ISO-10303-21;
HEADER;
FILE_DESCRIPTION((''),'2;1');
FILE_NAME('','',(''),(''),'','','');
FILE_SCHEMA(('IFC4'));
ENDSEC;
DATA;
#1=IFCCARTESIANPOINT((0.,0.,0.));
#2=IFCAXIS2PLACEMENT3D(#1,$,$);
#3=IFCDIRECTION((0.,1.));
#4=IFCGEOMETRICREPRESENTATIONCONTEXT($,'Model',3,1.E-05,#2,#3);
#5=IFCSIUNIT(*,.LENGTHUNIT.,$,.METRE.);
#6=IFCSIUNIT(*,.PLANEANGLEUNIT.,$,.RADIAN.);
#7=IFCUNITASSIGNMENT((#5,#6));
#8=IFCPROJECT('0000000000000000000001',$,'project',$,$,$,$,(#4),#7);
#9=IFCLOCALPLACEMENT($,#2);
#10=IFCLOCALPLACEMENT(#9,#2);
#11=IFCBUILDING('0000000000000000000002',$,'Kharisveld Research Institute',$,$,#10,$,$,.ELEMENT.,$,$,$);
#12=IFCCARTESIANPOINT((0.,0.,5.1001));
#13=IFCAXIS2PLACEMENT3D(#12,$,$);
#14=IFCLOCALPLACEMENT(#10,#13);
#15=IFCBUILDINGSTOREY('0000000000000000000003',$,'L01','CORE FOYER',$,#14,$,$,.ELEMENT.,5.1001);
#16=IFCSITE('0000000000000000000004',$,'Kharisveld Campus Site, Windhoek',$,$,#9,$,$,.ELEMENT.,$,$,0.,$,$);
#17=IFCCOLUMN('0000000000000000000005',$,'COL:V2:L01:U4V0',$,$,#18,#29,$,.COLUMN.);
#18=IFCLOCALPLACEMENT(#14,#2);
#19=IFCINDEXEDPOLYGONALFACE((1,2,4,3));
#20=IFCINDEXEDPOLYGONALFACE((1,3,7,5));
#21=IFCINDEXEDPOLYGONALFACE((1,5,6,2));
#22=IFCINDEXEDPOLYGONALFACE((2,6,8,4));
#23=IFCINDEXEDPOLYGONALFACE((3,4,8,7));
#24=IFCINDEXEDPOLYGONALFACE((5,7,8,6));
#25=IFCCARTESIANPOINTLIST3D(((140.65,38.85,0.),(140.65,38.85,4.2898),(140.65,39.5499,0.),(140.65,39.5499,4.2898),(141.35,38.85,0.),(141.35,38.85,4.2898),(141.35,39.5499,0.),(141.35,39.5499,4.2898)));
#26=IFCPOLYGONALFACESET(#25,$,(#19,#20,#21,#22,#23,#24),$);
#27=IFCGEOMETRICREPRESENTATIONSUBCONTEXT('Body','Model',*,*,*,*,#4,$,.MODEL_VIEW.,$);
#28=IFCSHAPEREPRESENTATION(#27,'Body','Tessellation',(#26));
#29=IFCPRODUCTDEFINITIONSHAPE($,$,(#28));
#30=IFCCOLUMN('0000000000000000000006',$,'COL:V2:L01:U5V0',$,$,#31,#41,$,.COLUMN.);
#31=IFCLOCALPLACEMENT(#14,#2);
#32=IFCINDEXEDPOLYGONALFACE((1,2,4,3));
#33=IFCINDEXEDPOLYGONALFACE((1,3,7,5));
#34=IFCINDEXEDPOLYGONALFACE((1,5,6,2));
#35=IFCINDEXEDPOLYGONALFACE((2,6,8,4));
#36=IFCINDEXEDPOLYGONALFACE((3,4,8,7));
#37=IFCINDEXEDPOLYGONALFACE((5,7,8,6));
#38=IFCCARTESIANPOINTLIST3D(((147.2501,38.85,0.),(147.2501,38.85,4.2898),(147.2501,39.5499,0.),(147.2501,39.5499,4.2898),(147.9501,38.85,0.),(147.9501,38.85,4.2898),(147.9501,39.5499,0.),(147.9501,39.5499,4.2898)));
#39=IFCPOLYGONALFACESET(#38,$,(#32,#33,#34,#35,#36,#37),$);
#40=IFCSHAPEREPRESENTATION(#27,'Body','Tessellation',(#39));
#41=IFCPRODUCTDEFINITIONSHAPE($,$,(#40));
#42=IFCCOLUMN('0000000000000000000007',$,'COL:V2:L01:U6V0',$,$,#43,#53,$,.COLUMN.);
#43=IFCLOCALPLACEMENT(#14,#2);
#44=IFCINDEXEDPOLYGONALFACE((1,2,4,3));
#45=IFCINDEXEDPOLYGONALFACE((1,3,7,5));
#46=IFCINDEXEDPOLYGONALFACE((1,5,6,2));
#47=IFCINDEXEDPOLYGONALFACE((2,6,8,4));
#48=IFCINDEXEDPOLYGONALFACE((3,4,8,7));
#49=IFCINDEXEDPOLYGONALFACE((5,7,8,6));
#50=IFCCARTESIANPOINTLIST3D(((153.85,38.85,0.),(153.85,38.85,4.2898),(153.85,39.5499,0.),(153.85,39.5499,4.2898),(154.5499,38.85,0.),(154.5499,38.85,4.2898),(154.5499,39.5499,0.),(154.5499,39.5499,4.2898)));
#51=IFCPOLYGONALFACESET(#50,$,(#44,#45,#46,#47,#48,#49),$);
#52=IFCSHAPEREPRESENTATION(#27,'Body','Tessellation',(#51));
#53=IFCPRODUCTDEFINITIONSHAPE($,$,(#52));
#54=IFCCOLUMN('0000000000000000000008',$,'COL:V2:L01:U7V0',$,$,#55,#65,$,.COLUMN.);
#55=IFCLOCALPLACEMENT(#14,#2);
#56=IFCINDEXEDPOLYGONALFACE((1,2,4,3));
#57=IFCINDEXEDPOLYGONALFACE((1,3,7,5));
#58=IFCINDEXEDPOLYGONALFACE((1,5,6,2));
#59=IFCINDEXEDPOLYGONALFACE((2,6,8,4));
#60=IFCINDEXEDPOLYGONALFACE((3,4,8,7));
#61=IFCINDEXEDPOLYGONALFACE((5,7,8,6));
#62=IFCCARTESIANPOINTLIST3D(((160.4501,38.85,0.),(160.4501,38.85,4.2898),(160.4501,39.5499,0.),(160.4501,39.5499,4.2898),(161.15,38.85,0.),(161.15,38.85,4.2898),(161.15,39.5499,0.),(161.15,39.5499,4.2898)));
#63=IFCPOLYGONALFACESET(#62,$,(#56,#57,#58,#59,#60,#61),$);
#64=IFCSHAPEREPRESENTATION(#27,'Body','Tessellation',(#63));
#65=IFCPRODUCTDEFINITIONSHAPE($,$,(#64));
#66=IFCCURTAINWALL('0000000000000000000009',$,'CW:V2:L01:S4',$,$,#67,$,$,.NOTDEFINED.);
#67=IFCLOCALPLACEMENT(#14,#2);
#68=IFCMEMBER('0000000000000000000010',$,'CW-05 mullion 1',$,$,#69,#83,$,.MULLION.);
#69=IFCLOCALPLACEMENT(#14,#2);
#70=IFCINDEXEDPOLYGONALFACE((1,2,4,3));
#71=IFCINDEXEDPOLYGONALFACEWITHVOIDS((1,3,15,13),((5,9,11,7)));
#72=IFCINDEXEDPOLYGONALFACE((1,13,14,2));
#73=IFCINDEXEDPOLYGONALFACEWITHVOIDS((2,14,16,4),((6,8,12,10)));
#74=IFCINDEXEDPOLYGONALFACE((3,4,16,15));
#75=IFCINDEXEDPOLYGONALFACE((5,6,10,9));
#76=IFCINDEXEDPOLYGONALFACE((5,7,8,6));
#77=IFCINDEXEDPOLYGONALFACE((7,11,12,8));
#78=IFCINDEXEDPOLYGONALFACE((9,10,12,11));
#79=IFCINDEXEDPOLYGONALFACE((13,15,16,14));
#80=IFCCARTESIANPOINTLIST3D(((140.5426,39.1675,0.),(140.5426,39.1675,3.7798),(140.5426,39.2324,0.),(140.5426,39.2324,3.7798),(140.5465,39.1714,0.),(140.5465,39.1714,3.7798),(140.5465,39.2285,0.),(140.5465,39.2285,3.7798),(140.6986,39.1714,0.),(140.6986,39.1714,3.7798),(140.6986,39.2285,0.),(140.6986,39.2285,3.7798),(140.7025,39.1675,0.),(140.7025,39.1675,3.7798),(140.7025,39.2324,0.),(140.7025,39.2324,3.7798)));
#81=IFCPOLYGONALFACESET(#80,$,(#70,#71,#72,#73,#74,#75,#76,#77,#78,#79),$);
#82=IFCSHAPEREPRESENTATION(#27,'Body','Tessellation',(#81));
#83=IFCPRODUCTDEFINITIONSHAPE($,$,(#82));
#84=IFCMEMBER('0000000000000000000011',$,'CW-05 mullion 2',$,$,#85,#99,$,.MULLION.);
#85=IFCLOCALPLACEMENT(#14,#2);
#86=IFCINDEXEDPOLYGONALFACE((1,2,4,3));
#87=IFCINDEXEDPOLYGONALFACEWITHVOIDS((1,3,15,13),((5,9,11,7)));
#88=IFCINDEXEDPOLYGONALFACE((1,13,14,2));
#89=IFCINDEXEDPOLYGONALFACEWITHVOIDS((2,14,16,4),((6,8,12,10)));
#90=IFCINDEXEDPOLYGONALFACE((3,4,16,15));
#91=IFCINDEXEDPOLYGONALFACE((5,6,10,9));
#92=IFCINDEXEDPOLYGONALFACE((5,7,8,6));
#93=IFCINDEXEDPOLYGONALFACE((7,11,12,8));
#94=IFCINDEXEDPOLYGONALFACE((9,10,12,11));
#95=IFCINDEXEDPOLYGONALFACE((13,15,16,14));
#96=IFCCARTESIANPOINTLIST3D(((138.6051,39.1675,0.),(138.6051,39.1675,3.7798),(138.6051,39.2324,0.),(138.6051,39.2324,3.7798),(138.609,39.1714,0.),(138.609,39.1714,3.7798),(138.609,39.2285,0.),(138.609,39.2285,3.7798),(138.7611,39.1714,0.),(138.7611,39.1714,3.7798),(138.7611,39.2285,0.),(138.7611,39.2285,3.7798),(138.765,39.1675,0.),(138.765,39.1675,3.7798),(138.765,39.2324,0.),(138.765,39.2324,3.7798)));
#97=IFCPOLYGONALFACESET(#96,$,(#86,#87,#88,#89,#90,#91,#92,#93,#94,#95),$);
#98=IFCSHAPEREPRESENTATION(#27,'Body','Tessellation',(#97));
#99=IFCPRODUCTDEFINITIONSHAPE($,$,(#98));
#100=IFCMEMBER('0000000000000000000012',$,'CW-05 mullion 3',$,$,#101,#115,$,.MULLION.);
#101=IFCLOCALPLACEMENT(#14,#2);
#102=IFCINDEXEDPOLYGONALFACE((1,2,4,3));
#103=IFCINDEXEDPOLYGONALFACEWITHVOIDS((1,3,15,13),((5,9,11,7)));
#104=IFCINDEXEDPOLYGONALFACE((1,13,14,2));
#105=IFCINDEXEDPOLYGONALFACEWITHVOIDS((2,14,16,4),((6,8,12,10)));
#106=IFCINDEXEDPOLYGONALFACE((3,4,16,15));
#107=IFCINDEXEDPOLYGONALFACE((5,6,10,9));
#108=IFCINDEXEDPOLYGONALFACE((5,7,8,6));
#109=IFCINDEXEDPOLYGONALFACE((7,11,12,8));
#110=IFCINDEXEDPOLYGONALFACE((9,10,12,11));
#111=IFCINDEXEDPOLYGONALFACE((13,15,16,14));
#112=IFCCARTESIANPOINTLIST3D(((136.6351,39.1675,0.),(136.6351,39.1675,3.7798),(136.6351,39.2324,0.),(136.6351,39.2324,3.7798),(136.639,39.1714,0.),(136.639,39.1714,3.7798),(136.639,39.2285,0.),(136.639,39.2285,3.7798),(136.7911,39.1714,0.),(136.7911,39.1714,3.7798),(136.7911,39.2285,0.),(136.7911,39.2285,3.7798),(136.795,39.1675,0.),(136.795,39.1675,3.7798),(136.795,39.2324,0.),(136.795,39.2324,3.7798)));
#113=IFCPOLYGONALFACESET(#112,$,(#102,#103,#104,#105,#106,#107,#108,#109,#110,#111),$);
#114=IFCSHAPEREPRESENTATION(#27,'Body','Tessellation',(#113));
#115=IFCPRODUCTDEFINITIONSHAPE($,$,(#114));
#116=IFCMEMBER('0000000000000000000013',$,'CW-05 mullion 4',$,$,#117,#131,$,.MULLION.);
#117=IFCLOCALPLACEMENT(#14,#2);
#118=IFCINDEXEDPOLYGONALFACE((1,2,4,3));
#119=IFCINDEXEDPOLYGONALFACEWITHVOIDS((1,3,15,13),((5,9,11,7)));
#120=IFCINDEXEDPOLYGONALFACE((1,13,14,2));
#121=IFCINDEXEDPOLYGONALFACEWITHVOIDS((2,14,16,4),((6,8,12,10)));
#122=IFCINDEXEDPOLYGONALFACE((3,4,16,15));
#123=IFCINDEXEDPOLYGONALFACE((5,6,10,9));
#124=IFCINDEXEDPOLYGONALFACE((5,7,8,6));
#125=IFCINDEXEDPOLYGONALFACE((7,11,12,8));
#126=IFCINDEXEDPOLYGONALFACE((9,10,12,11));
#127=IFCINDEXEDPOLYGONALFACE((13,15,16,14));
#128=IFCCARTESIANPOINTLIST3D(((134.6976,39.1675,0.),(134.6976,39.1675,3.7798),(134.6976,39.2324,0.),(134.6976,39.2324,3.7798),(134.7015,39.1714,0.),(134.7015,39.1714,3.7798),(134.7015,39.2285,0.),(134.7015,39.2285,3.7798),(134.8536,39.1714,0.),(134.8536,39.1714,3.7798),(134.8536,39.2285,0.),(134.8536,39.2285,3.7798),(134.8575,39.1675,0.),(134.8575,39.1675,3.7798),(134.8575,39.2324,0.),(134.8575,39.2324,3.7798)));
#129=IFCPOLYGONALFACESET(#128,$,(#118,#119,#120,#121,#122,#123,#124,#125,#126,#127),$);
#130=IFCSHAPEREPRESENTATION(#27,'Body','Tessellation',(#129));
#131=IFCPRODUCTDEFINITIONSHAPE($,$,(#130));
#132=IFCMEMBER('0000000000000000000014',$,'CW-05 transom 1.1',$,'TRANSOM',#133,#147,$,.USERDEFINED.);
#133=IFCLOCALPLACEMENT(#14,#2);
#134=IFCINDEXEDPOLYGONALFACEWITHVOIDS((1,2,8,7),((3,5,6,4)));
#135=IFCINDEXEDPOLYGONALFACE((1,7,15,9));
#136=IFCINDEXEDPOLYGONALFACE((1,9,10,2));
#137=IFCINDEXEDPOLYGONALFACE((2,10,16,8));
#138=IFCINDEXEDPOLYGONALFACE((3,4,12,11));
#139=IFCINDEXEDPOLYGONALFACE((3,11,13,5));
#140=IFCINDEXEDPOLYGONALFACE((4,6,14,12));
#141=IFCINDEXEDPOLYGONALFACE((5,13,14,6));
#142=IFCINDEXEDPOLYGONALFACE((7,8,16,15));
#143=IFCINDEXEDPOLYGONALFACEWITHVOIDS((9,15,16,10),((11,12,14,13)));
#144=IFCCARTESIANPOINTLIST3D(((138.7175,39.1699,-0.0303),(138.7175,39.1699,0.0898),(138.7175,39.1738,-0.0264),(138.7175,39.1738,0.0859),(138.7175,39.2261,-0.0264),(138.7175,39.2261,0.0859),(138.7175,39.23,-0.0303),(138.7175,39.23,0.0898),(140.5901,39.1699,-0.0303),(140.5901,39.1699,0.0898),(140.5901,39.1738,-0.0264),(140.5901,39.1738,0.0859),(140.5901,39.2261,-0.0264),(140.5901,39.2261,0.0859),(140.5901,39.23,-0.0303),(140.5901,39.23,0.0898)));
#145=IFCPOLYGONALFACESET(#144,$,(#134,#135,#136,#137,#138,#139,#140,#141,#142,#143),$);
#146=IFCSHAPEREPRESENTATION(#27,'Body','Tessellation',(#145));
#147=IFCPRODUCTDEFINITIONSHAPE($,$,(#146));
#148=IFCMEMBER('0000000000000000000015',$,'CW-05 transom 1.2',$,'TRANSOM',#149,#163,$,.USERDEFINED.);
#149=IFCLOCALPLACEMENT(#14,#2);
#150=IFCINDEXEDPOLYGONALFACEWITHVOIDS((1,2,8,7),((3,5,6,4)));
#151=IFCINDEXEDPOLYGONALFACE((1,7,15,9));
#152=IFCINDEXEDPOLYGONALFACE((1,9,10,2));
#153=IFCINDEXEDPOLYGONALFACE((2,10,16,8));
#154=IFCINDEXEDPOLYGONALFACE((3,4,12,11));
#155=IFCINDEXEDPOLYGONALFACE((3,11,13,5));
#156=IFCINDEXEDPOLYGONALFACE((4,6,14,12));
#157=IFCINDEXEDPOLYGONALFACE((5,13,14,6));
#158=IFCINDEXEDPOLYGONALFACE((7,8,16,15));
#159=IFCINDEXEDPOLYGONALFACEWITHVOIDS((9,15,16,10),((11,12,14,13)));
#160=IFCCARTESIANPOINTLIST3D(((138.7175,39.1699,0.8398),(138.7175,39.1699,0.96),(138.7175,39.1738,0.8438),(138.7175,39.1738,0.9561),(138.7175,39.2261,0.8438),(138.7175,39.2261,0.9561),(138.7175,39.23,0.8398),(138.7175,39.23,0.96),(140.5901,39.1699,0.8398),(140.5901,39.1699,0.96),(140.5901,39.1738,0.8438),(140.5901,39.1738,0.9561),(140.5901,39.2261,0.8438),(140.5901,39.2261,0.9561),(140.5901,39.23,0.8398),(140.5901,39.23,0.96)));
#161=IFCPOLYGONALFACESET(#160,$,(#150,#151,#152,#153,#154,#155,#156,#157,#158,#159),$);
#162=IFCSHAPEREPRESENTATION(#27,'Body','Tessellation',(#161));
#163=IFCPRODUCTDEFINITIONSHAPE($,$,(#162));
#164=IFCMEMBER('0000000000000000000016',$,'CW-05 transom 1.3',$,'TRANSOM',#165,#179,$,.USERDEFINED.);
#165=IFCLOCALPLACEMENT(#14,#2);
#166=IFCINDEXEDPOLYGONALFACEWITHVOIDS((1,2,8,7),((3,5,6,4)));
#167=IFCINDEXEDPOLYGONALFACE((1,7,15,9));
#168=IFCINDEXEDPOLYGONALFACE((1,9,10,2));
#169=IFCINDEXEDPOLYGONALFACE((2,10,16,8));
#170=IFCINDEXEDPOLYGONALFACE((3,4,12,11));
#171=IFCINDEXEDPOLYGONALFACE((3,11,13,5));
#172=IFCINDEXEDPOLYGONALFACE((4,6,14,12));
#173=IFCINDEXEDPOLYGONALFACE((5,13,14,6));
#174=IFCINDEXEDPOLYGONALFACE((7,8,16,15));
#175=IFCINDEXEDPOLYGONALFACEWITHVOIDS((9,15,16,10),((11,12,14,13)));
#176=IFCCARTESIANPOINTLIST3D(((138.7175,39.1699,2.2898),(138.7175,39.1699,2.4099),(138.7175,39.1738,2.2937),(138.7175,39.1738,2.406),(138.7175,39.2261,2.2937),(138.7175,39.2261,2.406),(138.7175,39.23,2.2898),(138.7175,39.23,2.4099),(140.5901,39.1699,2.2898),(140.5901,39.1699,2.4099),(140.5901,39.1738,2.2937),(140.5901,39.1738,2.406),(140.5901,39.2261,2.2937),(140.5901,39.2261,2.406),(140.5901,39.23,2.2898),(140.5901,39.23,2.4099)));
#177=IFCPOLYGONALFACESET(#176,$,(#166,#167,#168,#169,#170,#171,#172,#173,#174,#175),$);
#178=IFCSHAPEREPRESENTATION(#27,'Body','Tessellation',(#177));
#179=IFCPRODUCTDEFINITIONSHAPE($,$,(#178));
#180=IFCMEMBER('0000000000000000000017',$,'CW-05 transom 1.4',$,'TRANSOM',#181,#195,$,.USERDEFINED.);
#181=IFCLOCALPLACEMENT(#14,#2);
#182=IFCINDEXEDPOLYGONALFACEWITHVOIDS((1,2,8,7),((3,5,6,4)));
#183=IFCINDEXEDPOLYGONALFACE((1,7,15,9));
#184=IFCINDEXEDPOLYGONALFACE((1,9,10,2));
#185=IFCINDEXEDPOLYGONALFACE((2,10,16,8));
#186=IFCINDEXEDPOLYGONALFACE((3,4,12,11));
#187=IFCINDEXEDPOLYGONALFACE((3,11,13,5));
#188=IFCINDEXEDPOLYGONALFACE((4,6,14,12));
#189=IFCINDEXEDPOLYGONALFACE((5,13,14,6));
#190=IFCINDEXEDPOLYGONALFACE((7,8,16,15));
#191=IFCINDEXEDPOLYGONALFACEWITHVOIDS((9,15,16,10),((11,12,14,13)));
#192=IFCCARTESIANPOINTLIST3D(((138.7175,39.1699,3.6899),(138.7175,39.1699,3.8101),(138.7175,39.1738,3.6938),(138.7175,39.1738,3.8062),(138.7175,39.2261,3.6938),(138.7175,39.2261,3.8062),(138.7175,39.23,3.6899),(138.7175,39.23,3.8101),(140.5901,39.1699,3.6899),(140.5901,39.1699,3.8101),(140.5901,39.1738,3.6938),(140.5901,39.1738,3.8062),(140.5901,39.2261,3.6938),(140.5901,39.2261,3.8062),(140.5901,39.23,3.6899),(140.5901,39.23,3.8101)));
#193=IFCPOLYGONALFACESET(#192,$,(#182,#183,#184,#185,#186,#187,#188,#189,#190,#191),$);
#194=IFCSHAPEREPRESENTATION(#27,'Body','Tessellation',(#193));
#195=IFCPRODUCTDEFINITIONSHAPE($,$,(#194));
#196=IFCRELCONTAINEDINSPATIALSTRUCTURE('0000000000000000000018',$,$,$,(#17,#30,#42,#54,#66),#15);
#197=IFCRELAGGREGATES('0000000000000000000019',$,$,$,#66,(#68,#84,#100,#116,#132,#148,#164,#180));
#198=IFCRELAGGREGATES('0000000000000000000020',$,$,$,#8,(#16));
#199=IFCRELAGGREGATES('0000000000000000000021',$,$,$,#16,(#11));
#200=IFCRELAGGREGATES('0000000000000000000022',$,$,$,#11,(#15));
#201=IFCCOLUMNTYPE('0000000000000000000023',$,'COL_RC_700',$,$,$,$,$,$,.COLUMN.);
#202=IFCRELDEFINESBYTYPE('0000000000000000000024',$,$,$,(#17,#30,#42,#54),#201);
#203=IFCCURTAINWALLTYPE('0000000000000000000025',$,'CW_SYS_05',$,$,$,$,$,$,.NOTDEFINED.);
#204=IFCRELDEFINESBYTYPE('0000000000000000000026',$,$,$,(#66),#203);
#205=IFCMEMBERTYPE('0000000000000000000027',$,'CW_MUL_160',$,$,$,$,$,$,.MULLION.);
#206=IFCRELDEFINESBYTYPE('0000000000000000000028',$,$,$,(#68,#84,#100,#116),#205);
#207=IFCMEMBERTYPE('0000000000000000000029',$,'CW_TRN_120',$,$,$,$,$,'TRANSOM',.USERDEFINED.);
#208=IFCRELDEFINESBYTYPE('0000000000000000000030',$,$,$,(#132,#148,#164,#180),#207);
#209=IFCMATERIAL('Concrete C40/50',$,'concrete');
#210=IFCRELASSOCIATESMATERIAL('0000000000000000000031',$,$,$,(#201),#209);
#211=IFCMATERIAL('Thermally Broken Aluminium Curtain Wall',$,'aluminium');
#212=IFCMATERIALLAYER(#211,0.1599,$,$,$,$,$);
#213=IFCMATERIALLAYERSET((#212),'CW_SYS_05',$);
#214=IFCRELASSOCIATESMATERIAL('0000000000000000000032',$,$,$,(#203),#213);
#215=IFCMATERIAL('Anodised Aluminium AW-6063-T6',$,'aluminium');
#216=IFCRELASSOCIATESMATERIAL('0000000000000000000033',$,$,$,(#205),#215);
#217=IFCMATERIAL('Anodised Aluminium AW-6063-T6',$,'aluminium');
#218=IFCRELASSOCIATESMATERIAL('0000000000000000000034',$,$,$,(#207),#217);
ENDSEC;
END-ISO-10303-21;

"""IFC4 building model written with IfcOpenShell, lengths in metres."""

from ifc_helpers import new_model, si_unit, direction, frame, origin, origin_2d, place, context, subcontext, project, spatial, rectangle, hollow_rectangle, extrude, material, layer, layer_set, material_profile, profile_set, type_object, element, aggregate, save


model = new_model("IFC4")

# Units and contexts
model_context = context("Model", 3, precision=1e-05, world=origin(), true_north=direction((0.0, 1.0)))
body_context = subcontext(model_context, "Body", "Model", "MODEL_VIEW")
ifc_project = project(units=[si_unit("LENGTHUNIT", "METRE"), si_unit("PLANEANGLEUNIT", "RADIAN")], contexts=[model_context])

# Site, building, storey
site_placement = place(None, origin())
site = spatial("IfcSite", under=ifc_project, at=site_placement, Name="Kharisveld Campus Site, Windhoek", CompositionType="ELEMENT", RefElevation=0.0)
building_placement = place(site_placement, origin())
building = spatial("IfcBuilding", under=site, at=building_placement, Name="Kharisveld Research Institute", CompositionType="ELEMENT")
storey_placement = place(building_placement, frame((0.0, 0.0, 5.1001)))
storey = spatial("IfcBuildingStorey", under=building, at=storey_placement, Name="L01", Description="CORE FOYER", CompositionType="ELEMENT", Elevation=5.1001)

# Columns
ifc_material_1 = material(Name="Concrete C40/50", Category="concrete")
ifc_material_profile_1 = material_profile(ifc_material_1, rectangle(XDim=0.7, YDim=0.7, at=origin_2d()))
ifc_profile_set_1 = profile_set([ifc_material_profile_1], Name="Concrete C40/50")
column_type = type_object("IfcColumnType", Name="COL_RC_700", PredefinedType="COLUMN", material=ifc_profile_set_1)
for number, where, z_axis, x_axis, name in (
    (1, (141.0, 39.2, 0.0), (0.0, 0.0, 1.0), (1.0, 0.0, 0.0), "COL:V2:L01:U4V0"),
    (2, (147.6001, 39.2, 0.0), (0.0, 0.0, 1.0), (1.0, 0.0, 0.0), "COL:V2:L01:U5V0"),
    (3, (154.2, 39.2, 0.0), (0.0, 0.0, 1.0), (1.0, 0.0, 0.0), "COL:V2:L01:U6V0"),
    (4, (160.8, 39.2, 0.0), (0.0, 0.0, 1.0), (1.0, 0.0, 0.0), "COL:V2:L01:U7V0"),
):
    element("IfcColumn", number, at=place(storey_placement, frame(where, z_axis=z_axis, x_axis=x_axis)), inside=storey, type_object=column_type, Name=name, PredefinedType="COLUMN", context=body_context, shape_type="SweptSolid", body=[
        extrude(rectangle(XDim=0.7, YDim=0.7, at=origin_2d()), origin(), (0.0, 0.0, 1.0), 4.2898),
    ])

# Curtain wall, members
ifc_material_2 = material(Name="Thermally Broken Aluminium Curtain Wall", Category="aluminium")
ifc_layer_1 = layer(ifc_material_2, 0.1599)
ifc_layer_set_1 = layer_set([ifc_layer_1], Name="CW_SYS_05")
curtain_wall_type = type_object("IfcCurtainWallType", Name="CW_SYS_05", PredefinedType="NOTDEFINED", material=ifc_layer_set_1)
curtain_wall_placement = place(storey_placement, origin())
curtain_wall = element("IfcCurtainWall", 5, at=curtain_wall_placement, inside=storey, type_object=curtain_wall_type, Name="CW:V2:L01:S4", PredefinedType="NOTDEFINED")
ifc_material_3 = material(Name="Anodised Aluminium AW-6063-T6", Category="aluminium")
ifc_material_profile_2 = material_profile(ifc_material_3, hollow_rectangle(XDim=0.0649, YDim=0.1599, WallThickness=0.0039, at=origin_2d()))
ifc_profile_set_2 = profile_set([ifc_material_profile_2], Name="Anodised Aluminium AW-6063-T6")
member_type_1 = type_object("IfcMemberType", Name="CW_MUL_160", PredefinedType="MULLION", material=ifc_profile_set_2)
member_1_placement = place(storey_placement, frame((140.6226, 39.2, 0.0), z_axis=(0.0, 0.0, 1.0), x_axis=(0.0, -1.0, 0.0)))
member_1 = element("IfcMember", 6, at=member_1_placement, type_object=member_type_1, Name="CW-05 mullion 1", PredefinedType="MULLION", context=body_context, shape_type="SweptSolid", body=[
    extrude(hollow_rectangle(XDim=0.0649, YDim=0.1599, WallThickness=0.0039, at=origin_2d()), origin(), (0.0, 0.0, 1.0), 3.7798),
])
member_2_placement = place(storey_placement, frame((138.6851, 39.2, 0.0), z_axis=(0.0, 0.0, 1.0), x_axis=(0.0, -1.0, 0.0)))
member_2 = element("IfcMember", 7, at=member_2_placement, type_object=member_type_1, Name="CW-05 mullion 2", PredefinedType="MULLION", context=body_context, shape_type="SweptSolid", body=[
    extrude(hollow_rectangle(XDim=0.0649, YDim=0.1599, WallThickness=0.0039, at=origin_2d()), origin(), (0.0, 0.0, 1.0), 3.7798),
])
member_3_placement = place(storey_placement, frame((136.7151, 39.2, 0.0), z_axis=(0.0, 0.0, 1.0), x_axis=(0.0, -1.0, 0.0)))
member_3 = element("IfcMember", 8, at=member_3_placement, type_object=member_type_1, Name="CW-05 mullion 3", PredefinedType="MULLION", context=body_context, shape_type="SweptSolid", body=[
    extrude(hollow_rectangle(XDim=0.0649, YDim=0.1599, WallThickness=0.0039, at=origin_2d()), origin(), (0.0, 0.0, 1.0), 3.7798),
])
member_4_placement = place(storey_placement, frame((134.7776, 39.2, 0.0), z_axis=(0.0, 0.0, 1.0), x_axis=(0.0, -1.0, 0.0)))
member_4 = element("IfcMember", 9, at=member_4_placement, type_object=member_type_1, Name="CW-05 mullion 4", PredefinedType="MULLION", context=body_context, shape_type="SweptSolid", body=[
    extrude(hollow_rectangle(XDim=0.0649, YDim=0.1599, WallThickness=0.0039, at=origin_2d()), origin(), (0.0, 0.0, 1.0), 3.7798),
])
ifc_material_4 = material(Name="Anodised Aluminium AW-6063-T6", Category="aluminium")
ifc_material_profile_3 = material_profile(ifc_material_4, hollow_rectangle(XDim=0.0601, YDim=0.1201, WallThickness=0.0039, at=origin_2d()))
ifc_profile_set_3 = profile_set([ifc_material_profile_3], Name="Anodised Aluminium AW-6063-T6")
member_type_2 = type_object("IfcMemberType", Name="CW_TRN_120", ElementType="TRANSOM", PredefinedType="USERDEFINED", material=ifc_profile_set_3)
member_5_placement = place(storey_placement, frame((140.5901, 39.2, 0.0298), z_axis=(-1.0, 0.0, 0.0), x_axis=(0.0, -1.0, 0.0)))
member_5 = element("IfcMember", 10, at=member_5_placement, type_object=member_type_2, Name="CW-05 transom 1.1", ObjectType="TRANSOM", PredefinedType="USERDEFINED", context=body_context, shape_type="SweptSolid", body=[
    extrude(hollow_rectangle(XDim=0.0601, YDim=0.1201, WallThickness=0.0039, at=origin_2d()), origin(), (0.0, 0.0, 1.0), 1.8726),
])
member_6_placement = place(storey_placement, frame((140.5901, 39.2, 0.8999), z_axis=(-1.0, 0.0, 0.0), x_axis=(0.0, -1.0, 0.0)))
member_6 = element("IfcMember", 11, at=member_6_placement, type_object=member_type_2, Name="CW-05 transom 1.2", ObjectType="TRANSOM", PredefinedType="USERDEFINED", context=body_context, shape_type="SweptSolid", body=[
    extrude(hollow_rectangle(XDim=0.0601, YDim=0.1201, WallThickness=0.0039, at=origin_2d()), origin(), (0.0, 0.0, 1.0), 1.8726),
])
member_7_placement = place(storey_placement, frame((140.5901, 39.2, 2.3499), z_axis=(-1.0, 0.0, 0.0), x_axis=(0.0, -1.0, 0.0)))
member_7 = element("IfcMember", 12, at=member_7_placement, type_object=member_type_2, Name="CW-05 transom 1.3", ObjectType="TRANSOM", PredefinedType="USERDEFINED", context=body_context, shape_type="SweptSolid", body=[
    extrude(hollow_rectangle(XDim=0.0601, YDim=0.1201, WallThickness=0.0039, at=origin_2d()), origin(), (0.0, 0.0, 1.0), 1.8726),
])
member_8_placement = place(storey_placement, frame((140.5901, 39.2, 3.75), z_axis=(-1.0, 0.0, 0.0), x_axis=(0.0, -1.0, 0.0)))
member_8 = element("IfcMember", 13, at=member_8_placement, type_object=member_type_2, Name="CW-05 transom 1.4", ObjectType="TRANSOM", PredefinedType="USERDEFINED", context=body_context, shape_type="SweptSolid", body=[
    extrude(hollow_rectangle(XDim=0.0601, YDim=0.1201, WallThickness=0.0039, at=origin_2d()), origin(), (0.0, 0.0, 1.0), 1.8726),
])

aggregate(curtain_wall, [member_1, member_2, member_3, member_4, member_5, member_6, member_7, member_8])

save(model, "model.ifc")
